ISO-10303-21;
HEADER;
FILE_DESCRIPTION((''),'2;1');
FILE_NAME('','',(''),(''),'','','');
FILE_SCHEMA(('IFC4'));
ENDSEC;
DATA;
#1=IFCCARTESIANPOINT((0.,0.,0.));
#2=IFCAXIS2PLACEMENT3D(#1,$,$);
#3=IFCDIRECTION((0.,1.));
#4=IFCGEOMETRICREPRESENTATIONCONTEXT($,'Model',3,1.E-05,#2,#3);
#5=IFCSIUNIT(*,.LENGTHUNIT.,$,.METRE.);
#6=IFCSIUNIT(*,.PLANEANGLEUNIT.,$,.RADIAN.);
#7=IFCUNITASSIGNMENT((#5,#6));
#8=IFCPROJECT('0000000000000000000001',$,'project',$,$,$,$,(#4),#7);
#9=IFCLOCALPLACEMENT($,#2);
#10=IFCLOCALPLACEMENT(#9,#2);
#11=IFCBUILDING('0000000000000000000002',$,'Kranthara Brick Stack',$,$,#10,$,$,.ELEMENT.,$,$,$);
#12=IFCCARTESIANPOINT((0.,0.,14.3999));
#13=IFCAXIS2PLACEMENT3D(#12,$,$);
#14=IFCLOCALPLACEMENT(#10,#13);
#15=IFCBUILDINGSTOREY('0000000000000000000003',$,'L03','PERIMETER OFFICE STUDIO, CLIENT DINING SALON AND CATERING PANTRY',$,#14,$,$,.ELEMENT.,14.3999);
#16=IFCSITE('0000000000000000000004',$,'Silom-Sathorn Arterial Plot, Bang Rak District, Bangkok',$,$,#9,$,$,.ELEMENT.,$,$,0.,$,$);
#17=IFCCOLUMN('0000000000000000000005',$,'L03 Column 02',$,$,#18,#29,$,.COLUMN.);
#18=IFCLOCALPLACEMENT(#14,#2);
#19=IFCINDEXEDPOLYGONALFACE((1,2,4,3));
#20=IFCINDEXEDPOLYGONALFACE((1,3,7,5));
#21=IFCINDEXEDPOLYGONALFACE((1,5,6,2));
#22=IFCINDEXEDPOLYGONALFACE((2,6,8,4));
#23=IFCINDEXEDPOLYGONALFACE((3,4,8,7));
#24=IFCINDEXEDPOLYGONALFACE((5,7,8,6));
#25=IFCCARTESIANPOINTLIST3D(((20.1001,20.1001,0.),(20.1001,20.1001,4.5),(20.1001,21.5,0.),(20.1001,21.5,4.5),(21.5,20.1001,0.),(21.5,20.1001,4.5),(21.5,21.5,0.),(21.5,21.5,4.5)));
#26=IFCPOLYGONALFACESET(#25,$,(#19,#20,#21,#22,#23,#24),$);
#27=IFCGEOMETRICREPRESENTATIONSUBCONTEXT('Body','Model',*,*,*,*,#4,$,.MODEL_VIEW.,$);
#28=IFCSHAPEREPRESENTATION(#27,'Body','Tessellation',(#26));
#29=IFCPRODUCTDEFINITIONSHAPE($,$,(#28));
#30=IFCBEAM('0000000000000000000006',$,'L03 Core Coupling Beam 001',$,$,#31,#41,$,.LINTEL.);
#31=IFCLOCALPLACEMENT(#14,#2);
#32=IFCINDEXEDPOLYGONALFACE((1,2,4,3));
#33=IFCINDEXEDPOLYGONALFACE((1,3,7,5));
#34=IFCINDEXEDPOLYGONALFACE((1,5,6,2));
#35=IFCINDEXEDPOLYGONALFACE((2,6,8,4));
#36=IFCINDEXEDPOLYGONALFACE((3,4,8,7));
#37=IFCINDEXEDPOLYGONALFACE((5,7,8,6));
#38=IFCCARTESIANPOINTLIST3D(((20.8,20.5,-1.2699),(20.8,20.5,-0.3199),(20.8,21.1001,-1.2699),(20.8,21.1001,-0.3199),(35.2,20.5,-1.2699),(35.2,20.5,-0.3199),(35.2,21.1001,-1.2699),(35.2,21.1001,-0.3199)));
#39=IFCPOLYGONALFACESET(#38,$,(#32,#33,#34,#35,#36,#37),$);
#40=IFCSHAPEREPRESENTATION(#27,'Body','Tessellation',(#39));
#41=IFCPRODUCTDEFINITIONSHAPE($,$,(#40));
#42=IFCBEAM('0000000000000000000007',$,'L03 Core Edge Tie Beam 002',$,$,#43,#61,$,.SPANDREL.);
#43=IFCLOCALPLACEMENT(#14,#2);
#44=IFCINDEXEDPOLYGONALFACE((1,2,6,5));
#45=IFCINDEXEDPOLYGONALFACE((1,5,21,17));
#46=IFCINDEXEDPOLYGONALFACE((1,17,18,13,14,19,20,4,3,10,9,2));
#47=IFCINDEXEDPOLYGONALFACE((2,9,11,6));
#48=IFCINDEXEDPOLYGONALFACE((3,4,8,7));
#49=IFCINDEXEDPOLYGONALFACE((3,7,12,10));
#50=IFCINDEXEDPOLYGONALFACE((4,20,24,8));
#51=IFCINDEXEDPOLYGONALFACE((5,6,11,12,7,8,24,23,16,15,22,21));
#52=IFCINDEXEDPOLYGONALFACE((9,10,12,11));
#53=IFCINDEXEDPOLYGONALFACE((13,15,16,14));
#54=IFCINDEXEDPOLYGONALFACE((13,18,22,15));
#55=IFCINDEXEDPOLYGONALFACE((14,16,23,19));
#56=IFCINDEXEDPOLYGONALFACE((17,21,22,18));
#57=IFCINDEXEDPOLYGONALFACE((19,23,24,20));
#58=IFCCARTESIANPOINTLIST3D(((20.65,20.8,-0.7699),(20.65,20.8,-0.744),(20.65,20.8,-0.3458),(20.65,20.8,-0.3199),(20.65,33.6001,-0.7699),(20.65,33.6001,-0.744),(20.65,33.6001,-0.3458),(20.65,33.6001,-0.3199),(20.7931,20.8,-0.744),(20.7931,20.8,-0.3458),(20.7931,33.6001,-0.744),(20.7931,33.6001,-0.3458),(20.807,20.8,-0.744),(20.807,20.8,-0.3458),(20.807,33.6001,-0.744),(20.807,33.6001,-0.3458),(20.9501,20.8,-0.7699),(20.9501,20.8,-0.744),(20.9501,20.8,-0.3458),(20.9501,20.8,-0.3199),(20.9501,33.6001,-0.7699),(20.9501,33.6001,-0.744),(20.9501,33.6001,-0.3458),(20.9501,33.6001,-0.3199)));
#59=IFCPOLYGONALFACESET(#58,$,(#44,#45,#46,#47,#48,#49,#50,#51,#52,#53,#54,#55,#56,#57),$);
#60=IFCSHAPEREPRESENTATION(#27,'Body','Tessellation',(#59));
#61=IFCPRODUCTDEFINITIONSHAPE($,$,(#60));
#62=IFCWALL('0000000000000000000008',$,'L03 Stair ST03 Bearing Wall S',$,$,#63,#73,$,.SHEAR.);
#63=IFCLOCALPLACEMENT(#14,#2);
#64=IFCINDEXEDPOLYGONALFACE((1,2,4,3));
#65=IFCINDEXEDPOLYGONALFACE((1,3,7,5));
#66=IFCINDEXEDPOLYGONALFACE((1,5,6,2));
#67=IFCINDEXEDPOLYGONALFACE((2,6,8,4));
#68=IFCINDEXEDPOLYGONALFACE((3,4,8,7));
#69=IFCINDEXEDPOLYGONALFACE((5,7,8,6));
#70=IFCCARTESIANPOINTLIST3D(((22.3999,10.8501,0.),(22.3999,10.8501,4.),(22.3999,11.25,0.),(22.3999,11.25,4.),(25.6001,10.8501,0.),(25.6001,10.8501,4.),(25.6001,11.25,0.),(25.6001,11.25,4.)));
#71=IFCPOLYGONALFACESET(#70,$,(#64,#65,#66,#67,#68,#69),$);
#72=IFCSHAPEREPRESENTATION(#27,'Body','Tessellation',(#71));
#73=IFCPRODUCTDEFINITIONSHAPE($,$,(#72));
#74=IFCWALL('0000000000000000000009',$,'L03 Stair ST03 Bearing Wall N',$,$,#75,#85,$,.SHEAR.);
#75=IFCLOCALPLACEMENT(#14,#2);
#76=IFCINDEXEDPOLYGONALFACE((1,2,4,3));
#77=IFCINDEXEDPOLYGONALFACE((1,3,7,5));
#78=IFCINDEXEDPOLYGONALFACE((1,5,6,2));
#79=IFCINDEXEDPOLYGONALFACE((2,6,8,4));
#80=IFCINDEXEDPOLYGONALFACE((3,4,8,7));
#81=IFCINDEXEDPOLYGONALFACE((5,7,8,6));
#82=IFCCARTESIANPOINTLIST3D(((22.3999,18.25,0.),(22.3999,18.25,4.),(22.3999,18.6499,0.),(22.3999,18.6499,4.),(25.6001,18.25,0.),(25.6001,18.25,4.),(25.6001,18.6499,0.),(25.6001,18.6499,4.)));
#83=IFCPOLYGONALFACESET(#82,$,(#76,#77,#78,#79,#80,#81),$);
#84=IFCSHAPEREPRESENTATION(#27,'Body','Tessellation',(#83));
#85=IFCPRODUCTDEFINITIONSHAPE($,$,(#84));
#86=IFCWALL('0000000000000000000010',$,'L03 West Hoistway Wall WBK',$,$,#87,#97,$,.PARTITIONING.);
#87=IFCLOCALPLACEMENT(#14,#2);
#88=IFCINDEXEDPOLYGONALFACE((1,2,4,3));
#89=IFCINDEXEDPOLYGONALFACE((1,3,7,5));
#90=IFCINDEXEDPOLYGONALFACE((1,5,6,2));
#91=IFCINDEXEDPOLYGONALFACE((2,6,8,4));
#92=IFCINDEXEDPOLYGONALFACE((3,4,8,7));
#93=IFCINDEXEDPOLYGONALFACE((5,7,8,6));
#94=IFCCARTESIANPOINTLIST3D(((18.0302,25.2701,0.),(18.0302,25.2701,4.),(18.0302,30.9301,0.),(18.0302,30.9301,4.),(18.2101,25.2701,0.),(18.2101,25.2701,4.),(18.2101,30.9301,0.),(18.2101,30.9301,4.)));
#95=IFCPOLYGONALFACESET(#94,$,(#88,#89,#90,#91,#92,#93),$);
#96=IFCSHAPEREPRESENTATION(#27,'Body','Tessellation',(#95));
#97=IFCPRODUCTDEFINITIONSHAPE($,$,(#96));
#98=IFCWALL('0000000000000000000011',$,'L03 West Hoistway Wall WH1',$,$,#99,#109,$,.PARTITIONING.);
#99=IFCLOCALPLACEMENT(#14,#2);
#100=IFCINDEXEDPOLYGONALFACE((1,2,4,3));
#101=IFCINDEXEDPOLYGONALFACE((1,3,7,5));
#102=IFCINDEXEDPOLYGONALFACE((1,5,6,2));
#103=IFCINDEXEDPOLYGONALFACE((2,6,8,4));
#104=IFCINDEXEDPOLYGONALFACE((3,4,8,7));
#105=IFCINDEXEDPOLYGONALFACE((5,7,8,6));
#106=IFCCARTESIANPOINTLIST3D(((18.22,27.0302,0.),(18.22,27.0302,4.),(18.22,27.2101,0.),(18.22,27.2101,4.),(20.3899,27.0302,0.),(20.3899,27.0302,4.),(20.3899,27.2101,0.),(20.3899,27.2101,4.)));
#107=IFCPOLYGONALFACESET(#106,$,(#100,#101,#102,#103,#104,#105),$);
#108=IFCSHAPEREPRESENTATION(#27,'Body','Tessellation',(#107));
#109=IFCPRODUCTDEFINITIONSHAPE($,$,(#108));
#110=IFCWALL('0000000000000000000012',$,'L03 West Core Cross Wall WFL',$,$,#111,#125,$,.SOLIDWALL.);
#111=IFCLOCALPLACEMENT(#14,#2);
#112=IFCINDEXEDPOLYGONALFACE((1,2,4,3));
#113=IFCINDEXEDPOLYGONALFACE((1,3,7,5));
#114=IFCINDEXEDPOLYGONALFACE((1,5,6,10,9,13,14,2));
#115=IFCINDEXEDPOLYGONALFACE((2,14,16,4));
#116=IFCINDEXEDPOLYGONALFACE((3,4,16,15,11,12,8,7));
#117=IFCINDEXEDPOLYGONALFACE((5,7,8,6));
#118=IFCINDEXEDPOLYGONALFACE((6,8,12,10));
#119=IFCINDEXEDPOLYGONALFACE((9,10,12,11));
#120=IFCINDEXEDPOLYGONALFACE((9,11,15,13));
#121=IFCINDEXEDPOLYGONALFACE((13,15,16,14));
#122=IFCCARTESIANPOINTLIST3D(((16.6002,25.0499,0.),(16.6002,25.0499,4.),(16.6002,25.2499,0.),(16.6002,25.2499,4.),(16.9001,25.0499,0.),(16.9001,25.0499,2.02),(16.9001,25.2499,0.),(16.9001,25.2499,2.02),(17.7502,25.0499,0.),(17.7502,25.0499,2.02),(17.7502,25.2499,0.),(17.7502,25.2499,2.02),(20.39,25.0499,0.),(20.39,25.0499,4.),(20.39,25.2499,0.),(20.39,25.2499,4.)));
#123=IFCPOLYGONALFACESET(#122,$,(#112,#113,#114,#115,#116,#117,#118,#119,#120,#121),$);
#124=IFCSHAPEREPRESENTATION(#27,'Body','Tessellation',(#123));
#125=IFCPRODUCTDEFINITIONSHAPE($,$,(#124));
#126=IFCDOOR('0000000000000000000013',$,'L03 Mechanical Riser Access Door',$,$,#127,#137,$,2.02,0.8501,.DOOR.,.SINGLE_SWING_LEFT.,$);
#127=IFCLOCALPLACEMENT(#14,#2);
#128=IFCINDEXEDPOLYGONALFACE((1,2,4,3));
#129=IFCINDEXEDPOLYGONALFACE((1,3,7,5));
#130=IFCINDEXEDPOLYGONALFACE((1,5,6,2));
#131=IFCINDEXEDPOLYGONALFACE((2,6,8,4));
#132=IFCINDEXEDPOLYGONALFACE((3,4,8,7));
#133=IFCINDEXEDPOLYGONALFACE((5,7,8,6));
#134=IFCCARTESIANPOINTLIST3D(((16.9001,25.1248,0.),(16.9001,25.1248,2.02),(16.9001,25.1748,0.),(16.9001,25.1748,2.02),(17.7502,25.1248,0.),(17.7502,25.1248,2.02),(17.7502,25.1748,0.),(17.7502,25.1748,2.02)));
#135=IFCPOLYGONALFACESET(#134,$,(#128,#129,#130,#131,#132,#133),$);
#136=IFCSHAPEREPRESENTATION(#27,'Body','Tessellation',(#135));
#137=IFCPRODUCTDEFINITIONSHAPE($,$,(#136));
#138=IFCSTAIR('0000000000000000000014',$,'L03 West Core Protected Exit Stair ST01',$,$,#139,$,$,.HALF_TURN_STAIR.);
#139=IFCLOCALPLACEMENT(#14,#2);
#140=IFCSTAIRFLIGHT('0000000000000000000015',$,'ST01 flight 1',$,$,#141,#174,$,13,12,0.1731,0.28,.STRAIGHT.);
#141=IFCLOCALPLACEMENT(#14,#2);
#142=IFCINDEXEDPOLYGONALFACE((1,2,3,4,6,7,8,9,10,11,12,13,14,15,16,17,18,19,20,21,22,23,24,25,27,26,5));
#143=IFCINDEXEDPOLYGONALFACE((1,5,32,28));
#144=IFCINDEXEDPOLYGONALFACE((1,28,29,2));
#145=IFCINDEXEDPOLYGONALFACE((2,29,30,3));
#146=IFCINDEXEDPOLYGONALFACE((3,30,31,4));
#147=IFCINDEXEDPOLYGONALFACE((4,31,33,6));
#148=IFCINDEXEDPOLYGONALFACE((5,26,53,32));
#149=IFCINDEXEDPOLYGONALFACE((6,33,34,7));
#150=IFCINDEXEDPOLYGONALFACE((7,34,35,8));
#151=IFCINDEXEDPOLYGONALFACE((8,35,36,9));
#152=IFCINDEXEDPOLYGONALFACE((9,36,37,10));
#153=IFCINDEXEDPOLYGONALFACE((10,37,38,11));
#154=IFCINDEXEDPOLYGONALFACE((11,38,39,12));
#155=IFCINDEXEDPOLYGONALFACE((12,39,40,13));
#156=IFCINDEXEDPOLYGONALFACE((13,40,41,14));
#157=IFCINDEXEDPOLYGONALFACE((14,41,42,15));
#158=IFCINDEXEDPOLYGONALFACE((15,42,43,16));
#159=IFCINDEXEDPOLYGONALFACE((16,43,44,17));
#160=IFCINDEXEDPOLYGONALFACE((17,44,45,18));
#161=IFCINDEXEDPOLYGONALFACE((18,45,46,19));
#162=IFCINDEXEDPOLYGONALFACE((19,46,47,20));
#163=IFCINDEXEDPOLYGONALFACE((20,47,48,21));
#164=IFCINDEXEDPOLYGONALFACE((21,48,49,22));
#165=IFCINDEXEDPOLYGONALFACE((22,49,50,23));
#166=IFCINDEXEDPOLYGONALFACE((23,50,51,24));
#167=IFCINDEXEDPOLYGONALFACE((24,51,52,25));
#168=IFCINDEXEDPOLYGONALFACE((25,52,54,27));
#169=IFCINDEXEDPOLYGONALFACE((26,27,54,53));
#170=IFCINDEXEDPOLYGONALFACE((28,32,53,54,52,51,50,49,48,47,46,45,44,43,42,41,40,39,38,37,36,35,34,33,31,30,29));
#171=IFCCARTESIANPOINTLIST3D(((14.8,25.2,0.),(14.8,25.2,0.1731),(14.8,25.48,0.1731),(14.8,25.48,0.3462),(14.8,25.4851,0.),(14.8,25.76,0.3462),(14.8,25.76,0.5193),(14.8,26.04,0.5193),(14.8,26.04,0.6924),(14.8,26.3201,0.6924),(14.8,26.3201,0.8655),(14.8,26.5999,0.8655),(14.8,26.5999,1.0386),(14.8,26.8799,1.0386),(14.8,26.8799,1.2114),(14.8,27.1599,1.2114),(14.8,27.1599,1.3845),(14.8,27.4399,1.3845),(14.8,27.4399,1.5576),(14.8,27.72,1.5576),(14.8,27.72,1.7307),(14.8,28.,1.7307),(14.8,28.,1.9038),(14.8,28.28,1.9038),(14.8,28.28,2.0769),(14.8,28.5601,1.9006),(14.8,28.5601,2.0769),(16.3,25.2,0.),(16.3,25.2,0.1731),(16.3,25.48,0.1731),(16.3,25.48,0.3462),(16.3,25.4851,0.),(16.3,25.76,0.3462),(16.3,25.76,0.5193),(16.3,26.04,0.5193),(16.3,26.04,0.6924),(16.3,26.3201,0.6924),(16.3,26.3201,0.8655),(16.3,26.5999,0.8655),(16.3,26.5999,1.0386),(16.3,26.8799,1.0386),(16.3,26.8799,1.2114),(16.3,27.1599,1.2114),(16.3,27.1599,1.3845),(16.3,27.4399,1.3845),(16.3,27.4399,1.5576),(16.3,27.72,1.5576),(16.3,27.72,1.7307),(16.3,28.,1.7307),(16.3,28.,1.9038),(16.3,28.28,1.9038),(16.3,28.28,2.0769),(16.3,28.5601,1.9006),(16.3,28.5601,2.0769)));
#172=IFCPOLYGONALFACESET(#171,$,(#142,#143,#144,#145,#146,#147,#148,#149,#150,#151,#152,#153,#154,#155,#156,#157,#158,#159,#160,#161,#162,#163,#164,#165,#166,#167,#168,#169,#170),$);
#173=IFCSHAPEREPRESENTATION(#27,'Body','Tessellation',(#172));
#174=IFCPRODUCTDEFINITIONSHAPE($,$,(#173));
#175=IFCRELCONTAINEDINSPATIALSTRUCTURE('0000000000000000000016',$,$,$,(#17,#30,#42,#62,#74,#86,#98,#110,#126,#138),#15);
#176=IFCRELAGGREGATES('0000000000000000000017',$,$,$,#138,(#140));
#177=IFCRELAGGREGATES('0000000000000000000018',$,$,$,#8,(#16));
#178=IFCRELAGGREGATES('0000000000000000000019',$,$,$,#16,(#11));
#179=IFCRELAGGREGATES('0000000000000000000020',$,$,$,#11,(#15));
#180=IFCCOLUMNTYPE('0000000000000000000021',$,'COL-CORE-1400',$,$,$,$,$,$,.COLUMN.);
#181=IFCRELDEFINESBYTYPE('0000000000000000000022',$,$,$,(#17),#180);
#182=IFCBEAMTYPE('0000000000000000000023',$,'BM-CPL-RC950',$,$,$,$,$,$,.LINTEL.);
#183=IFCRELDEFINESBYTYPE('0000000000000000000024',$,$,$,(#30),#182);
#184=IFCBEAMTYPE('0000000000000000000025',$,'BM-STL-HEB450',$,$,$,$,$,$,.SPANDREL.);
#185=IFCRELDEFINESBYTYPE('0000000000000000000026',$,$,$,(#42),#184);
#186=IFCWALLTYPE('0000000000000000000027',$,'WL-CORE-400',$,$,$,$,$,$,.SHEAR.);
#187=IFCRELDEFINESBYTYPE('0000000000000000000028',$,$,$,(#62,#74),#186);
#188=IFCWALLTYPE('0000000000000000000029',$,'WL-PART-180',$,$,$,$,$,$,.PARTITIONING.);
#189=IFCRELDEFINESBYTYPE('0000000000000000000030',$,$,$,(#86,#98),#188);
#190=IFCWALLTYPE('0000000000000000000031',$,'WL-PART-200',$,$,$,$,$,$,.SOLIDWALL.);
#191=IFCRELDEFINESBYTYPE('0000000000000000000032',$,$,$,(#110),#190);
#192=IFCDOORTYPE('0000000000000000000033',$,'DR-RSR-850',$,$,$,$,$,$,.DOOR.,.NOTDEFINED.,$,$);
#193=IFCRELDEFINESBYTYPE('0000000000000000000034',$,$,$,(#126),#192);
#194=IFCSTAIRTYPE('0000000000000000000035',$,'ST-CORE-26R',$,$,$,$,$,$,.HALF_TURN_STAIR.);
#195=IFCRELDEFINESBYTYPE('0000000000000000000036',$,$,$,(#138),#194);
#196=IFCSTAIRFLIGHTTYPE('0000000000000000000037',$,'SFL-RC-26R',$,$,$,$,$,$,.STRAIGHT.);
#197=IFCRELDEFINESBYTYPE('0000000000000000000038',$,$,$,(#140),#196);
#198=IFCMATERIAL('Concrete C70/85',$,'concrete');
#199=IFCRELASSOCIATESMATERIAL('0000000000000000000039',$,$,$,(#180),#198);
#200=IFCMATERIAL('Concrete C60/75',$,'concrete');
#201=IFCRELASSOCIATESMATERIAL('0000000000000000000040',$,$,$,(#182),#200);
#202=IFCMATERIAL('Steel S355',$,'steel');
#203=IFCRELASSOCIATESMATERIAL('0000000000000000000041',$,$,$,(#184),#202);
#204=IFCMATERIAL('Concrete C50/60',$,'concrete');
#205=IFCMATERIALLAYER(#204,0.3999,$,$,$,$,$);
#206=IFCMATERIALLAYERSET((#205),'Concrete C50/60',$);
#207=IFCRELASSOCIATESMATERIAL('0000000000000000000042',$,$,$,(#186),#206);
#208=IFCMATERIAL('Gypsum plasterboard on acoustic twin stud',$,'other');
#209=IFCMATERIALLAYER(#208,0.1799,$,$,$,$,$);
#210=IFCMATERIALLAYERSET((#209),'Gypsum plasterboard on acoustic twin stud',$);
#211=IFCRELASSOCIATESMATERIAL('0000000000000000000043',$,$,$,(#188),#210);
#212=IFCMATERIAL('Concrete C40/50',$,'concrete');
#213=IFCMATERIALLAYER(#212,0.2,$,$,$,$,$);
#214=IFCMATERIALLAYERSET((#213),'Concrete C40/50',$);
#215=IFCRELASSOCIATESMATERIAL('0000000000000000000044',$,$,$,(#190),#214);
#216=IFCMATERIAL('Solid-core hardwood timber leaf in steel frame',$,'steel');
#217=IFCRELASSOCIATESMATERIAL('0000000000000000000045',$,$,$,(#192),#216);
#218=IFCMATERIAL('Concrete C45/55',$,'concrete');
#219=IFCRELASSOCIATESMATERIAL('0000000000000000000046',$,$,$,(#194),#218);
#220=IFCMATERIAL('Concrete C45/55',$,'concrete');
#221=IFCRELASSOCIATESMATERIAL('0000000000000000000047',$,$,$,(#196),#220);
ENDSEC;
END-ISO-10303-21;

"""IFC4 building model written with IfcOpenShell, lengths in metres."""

from ifc_helpers import new_model, si_unit, direction, frame, frame_2d, origin, origin_2d, place, context, subcontext, project, spatial, polyline, rectangle, i_section, outline, extrude, material, layer, layer_set, material_profile, profile_set, type_object, element, fill, aggregate, save


model = new_model("IFC4")

# Units and contexts
model_context = context("Model", 3, precision=1e-05, world=origin(), true_north=direction((0.0, 1.0)))
body_context = subcontext(model_context, "Body", "Model", "MODEL_VIEW")
ifc_project = project(units=[si_unit("LENGTHUNIT", "METRE"), si_unit("PLANEANGLEUNIT", "RADIAN")], contexts=[model_context])

# Site, building, storey
site_placement = place(None, origin())
site = spatial("IfcSite", under=ifc_project, at=site_placement, Name="Silom-Sathorn Arterial Plot, Bang Rak District, Bangkok", CompositionType="ELEMENT", RefElevation=0.0)
building_placement = place(site_placement, origin())
building = spatial("IfcBuilding", under=site, at=building_placement, Name="Kranthara Brick Stack", CompositionType="ELEMENT")
storey_placement = place(building_placement, frame((0.0, 0.0, 14.3999)))
storey = spatial("IfcBuildingStorey", under=building, at=storey_placement, Name="L03", Description="PERIMETER OFFICE STUDIO, CLIENT DINING SALON AND CATERING PANTRY", CompositionType="ELEMENT", Elevation=14.3999)

# Column
ifc_material_1 = material(Name="Concrete C70/85", Category="concrete")
ifc_material_profile_1 = material_profile(ifc_material_1, rectangle(XDim=1.3999, YDim=1.3999, at=origin_2d()), Name="RC 1400x1400")
ifc_profile_set_1 = profile_set([ifc_material_profile_1], Name="Concrete C70/85")
column_type = type_object("IfcColumnType", Name="COL-CORE-1400", PredefinedType="COLUMN", material=ifc_profile_set_1)
column_placement = place(storey_placement, frame((20.8, 20.8, 0.0), z_axis=(0.0, 0.0, 1.0), x_axis=(1.0, 0.0, 0.0)))
element("IfcColumn", 1, at=column_placement, inside=storey, type_object=column_type, Name="L03 Column 02", PredefinedType="COLUMN", context=body_context, shape_type="SweptSolid", body=[
    extrude(rectangle(XDim=1.3999, YDim=1.3999, at=origin_2d()), origin(), (0.0, 0.0, 1.0), 4.5),
])

# Beams
ifc_material_2 = material(Name="Concrete C60/75", Category="concrete")
ifc_material_profile_2 = material_profile(ifc_material_2, rectangle(XDim=0.6001, YDim=0.95, at=origin_2d()), Name="RC 600x950")
ifc_profile_set_2 = profile_set([ifc_material_profile_2], Name="Concrete C60/75")
beam_type_1 = type_object("IfcBeamType", Name="BM-CPL-RC950", PredefinedType="LINTEL", material=ifc_profile_set_2)
beam_1_placement = place(storey_placement, frame((20.8, 20.8, -0.7949), z_axis=(1.0, 0.0, 0.0), x_axis=(0.0, 1.0, 0.0)))
element("IfcBeam", 2, at=beam_1_placement, inside=storey, type_object=beam_type_1, Name="L03 Core Coupling Beam 001", PredefinedType="LINTEL", context=body_context, shape_type="SweptSolid", body=[
    extrude(rectangle(XDim=0.6001, YDim=0.95, at=origin_2d()), origin(), (0.0, 0.0, 1.0), 14.3999),
])
ifc_material_3 = material(Name="Steel S355", Category="steel")
ifc_material_profile_3 = material_profile(ifc_material_3, i_section(OverallWidth=0.3, OverallDepth=0.45, WebThickness=0.0139, FlangeThickness=0.0259, at=origin_2d()), Name="HEB 450")
ifc_profile_set_3 = profile_set([ifc_material_profile_3], Name="Steel S355")
beam_type_2 = type_object("IfcBeamType", Name="BM-STL-HEB450", PredefinedType="SPANDREL", material=ifc_profile_set_3)
beam_2_placement = place(storey_placement, frame((20.8, 20.8, -0.5449), z_axis=(0.0, 1.0, 0.0), x_axis=(-1.0, 0.0, 0.0)))
element("IfcBeam", 3, at=beam_2_placement, inside=storey, type_object=beam_type_2, Name="L03 Core Edge Tie Beam 002", PredefinedType="SPANDREL", context=body_context, shape_type="SweptSolid", body=[
    extrude(i_section(OverallWidth=0.3, OverallDepth=0.45, WebThickness=0.0139, FlangeThickness=0.0259, at=origin_2d()), origin(), (0.0, 0.0, 1.0), 12.8),
])

# Shared definitions
ifc_material_4 = material(Name="Concrete C50/60", Category="concrete")
ifc_layer_1 = layer(ifc_material_4, 0.3999)
ifc_layer_set_1 = layer_set([ifc_layer_1], Name="Concrete C50/60")
wall_type_1 = type_object("IfcWallType", Name="WL-CORE-400", PredefinedType="SHEAR", material=ifc_layer_set_1)

# Walls
for number, where, z_axis, x_axis, name in (
    (4, (22.3999, 11.05, 0.0), (0.0, 0.0, 1.0), (1.0, 0.0, 0.0), "L03 Stair ST03 Bearing Wall S"),
    (5, (22.3999, 18.45, 0.0), (0.0, 0.0, 1.0), (1.0, 0.0, 0.0), "L03 Stair ST03 Bearing Wall N"),
):
    element("IfcWall", number, at=place(storey_placement, frame(where, z_axis=z_axis, x_axis=x_axis)), inside=storey, type_object=wall_type_1, Name=name, PredefinedType="SHEAR", context=body_context, shape_type="SweptSolid", body=[
        extrude(rectangle(XDim=3.2002, YDim=0.3999, at=frame_2d((1.6001, 0.0))), origin(), (0.0, 0.0, 1.0), 4.0),
    ])

# Walls
ifc_material_5 = material(Name="Gypsum plasterboard on acoustic twin stud", Category="other")
ifc_layer_2 = layer(ifc_material_5, 0.1799)
ifc_layer_set_2 = layer_set([ifc_layer_2], Name="Gypsum plasterboard on acoustic twin stud")
wall_type_2 = type_object("IfcWallType", Name="WL-PART-180", PredefinedType="PARTITIONING", material=ifc_layer_set_2)
wall_1_placement = place(storey_placement, frame((18.1201, 25.27, 0.0), z_axis=(0.0, 0.0, 1.0), x_axis=(0.0, 1.0, 0.0)))
element("IfcWall", 6, at=wall_1_placement, inside=storey, type_object=wall_type_2, Name="L03 West Hoistway Wall WBK", PredefinedType="PARTITIONING", context=body_context, shape_type="SweptSolid", body=[
    extrude(rectangle(XDim=5.6599, YDim=0.1799, at=frame_2d((2.8301, 0.0))), origin(), (0.0, 0.0, 1.0), 4.0),
])
wall_2_placement = place(storey_placement, frame((18.22, 27.1201, 0.0), z_axis=(0.0, 0.0, 1.0), x_axis=(1.0, 0.0, 0.0)))
element("IfcWall", 7, at=wall_2_placement, inside=storey, type_object=wall_type_2, Name="L03 West Hoistway Wall WH1", PredefinedType="PARTITIONING", context=body_context, shape_type="SweptSolid", body=[
    extrude(rectangle(XDim=2.1699, YDim=0.1799, at=frame_2d((1.085, 0.0))), origin(), (0.0, 0.0, 1.0), 4.0),
])

# Wall, opening, door
ifc_material_6 = material(Name="Concrete C40/50", Category="concrete")
ifc_layer_3 = layer(ifc_material_6, 0.2)
ifc_layer_set_3 = layer_set([ifc_layer_3], Name="Concrete C40/50")
wall_type_3 = type_object("IfcWallType", Name="WL-PART-200", PredefinedType="SOLIDWALL", material=ifc_layer_set_3)
wall_3_placement = place(storey_placement, frame((16.6001, 25.1499, 0.0), z_axis=(0.0, 0.0, 1.0), x_axis=(1.0, 0.0, 0.0)))
wall_3 = element("IfcWall", 8, at=wall_3_placement, inside=storey, type_object=wall_type_3, Name="L03 West Core Cross Wall WFL", PredefinedType="SOLIDWALL", context=body_context, shape_type="SweptSolid", body=[
    extrude(rectangle(XDim=3.7898, YDim=0.2, at=frame_2d((1.895, 0.0))), origin(), (0.0, 0.0, 1.0), 4.0),
])
opening_1_placement = place(wall_3_placement, frame((0.3, 0.0, 0.0)))
opening_1 = element("IfcOpeningElement", 9, at=opening_1_placement, cuts=wall_3, PredefinedType="OPENING", context=body_context, shape_type="SweptSolid", body=[
    extrude(rectangle(XDim=0.8501, YDim=2.02, at=frame_2d((0.425, 1.01))), frame((0.0, 0.1099, 0.0), z_axis=(0.0, -1.0, 0.0), x_axis=(1.0, 0.0, 0.0)), (0.0, 0.0, 1.0), 0.22),
])
ifc_material_7 = material(Name="Solid-core hardwood timber leaf in steel frame", Category="steel")
door_type_1 = type_object("IfcDoorType", Name="DR-RSR-850", OperationType="NOTDEFINED", PredefinedType="DOOR", material=ifc_material_7)
door_1_placement = place(opening_1_placement, origin())
door_1 = element("IfcDoor", 10, at=door_1_placement, inside=storey, type_object=door_type_1, Name="L03 Mechanical Riser Access Door", OperationType="SINGLE_SWING_LEFT", OverallHeight=2.02, OverallWidth=0.8501, PredefinedType="DOOR", context=body_context, shape_type="SweptSolid", body=[
    extrude(rectangle(XDim=0.8501, YDim=2.02, at=frame_2d((0.425, 1.01))), frame((0.0, 0.0249, 0.0), z_axis=(0.0, -1.0, 0.0), x_axis=(1.0, 0.0, 0.0)), (0.0, 0.0, 1.0), 0.05),
])
fill(opening_1, door_1)

# Stair, stair flight
ifc_material_8 = material(Name="Concrete C45/55", Category="concrete")
stair_type = type_object("IfcStairType", Name="ST-CORE-26R", PredefinedType="HALF_TURN_STAIR", material=ifc_material_8)
stair_1_placement = place(storey_placement, origin())
stair_1 = element("IfcStair", 11, at=stair_1_placement, inside=storey, type_object=stair_type, Name="L03 West Core Protected Exit Stair ST01", PredefinedType="HALF_TURN_STAIR")
ifc_material_9 = material(Name="Concrete C45/55", Category="concrete")
stair_flight_type = type_object("IfcStairFlightType", Name="SFL-RC-26R", PredefinedType="STRAIGHT", material=ifc_material_9)
stair_flight_1_placement = place(storey_placement, frame((15.55, 25.2, 0.0), z_axis=(0.0, 0.0, 1.0), x_axis=(0.0, 1.0, 0.0)))
stair_flight_1 = element("IfcStairFlight", 12, at=stair_flight_1_placement, type_object=stair_flight_type, Name="ST01 flight 1", NumberOfRisers=13, NumberOfTreads=12, PredefinedType="STRAIGHT", RiserHeight=0.1731, TreadLength=0.28, context=body_context, shape_type="SweptSolid", body=[
    extrude(outline(polyline([(0.0, 0.0), (0.0, 0.1731), (0.28, 0.1731), (0.28, 0.3462), (0.5601, 0.3462), (0.5601, 0.5193), (0.8401, 0.5193), (0.8401, 0.6924), (1.1201, 0.6924), (1.1201, 0.8655), (1.3999, 0.8655), (1.3999, 1.0386), (1.6799, 1.0386), (1.6799, 1.2114), (1.96, 1.2114), (1.96, 1.3845), (2.24, 1.3845), (2.24, 1.5576), (2.52, 1.5576), (2.52, 1.7307), (2.8, 1.7307), (2.8, 1.9038), (3.0801, 1.9038), (3.0801, 2.0769), (3.3601, 2.0769), (3.3601, 2.25), (3.3601, 1.9006), (0.2852, 0.0), (0.0, 0.0)])), frame((0.0, 0.75, 0.0), z_axis=(0.0, -1.0, 0.0), x_axis=(1.0, 0.0, 0.0)), (0.0, 0.0, 1.0), 1.5),
])
aggregate(stair_1, [stair_flight_1])

save(model, "model.ifc")
